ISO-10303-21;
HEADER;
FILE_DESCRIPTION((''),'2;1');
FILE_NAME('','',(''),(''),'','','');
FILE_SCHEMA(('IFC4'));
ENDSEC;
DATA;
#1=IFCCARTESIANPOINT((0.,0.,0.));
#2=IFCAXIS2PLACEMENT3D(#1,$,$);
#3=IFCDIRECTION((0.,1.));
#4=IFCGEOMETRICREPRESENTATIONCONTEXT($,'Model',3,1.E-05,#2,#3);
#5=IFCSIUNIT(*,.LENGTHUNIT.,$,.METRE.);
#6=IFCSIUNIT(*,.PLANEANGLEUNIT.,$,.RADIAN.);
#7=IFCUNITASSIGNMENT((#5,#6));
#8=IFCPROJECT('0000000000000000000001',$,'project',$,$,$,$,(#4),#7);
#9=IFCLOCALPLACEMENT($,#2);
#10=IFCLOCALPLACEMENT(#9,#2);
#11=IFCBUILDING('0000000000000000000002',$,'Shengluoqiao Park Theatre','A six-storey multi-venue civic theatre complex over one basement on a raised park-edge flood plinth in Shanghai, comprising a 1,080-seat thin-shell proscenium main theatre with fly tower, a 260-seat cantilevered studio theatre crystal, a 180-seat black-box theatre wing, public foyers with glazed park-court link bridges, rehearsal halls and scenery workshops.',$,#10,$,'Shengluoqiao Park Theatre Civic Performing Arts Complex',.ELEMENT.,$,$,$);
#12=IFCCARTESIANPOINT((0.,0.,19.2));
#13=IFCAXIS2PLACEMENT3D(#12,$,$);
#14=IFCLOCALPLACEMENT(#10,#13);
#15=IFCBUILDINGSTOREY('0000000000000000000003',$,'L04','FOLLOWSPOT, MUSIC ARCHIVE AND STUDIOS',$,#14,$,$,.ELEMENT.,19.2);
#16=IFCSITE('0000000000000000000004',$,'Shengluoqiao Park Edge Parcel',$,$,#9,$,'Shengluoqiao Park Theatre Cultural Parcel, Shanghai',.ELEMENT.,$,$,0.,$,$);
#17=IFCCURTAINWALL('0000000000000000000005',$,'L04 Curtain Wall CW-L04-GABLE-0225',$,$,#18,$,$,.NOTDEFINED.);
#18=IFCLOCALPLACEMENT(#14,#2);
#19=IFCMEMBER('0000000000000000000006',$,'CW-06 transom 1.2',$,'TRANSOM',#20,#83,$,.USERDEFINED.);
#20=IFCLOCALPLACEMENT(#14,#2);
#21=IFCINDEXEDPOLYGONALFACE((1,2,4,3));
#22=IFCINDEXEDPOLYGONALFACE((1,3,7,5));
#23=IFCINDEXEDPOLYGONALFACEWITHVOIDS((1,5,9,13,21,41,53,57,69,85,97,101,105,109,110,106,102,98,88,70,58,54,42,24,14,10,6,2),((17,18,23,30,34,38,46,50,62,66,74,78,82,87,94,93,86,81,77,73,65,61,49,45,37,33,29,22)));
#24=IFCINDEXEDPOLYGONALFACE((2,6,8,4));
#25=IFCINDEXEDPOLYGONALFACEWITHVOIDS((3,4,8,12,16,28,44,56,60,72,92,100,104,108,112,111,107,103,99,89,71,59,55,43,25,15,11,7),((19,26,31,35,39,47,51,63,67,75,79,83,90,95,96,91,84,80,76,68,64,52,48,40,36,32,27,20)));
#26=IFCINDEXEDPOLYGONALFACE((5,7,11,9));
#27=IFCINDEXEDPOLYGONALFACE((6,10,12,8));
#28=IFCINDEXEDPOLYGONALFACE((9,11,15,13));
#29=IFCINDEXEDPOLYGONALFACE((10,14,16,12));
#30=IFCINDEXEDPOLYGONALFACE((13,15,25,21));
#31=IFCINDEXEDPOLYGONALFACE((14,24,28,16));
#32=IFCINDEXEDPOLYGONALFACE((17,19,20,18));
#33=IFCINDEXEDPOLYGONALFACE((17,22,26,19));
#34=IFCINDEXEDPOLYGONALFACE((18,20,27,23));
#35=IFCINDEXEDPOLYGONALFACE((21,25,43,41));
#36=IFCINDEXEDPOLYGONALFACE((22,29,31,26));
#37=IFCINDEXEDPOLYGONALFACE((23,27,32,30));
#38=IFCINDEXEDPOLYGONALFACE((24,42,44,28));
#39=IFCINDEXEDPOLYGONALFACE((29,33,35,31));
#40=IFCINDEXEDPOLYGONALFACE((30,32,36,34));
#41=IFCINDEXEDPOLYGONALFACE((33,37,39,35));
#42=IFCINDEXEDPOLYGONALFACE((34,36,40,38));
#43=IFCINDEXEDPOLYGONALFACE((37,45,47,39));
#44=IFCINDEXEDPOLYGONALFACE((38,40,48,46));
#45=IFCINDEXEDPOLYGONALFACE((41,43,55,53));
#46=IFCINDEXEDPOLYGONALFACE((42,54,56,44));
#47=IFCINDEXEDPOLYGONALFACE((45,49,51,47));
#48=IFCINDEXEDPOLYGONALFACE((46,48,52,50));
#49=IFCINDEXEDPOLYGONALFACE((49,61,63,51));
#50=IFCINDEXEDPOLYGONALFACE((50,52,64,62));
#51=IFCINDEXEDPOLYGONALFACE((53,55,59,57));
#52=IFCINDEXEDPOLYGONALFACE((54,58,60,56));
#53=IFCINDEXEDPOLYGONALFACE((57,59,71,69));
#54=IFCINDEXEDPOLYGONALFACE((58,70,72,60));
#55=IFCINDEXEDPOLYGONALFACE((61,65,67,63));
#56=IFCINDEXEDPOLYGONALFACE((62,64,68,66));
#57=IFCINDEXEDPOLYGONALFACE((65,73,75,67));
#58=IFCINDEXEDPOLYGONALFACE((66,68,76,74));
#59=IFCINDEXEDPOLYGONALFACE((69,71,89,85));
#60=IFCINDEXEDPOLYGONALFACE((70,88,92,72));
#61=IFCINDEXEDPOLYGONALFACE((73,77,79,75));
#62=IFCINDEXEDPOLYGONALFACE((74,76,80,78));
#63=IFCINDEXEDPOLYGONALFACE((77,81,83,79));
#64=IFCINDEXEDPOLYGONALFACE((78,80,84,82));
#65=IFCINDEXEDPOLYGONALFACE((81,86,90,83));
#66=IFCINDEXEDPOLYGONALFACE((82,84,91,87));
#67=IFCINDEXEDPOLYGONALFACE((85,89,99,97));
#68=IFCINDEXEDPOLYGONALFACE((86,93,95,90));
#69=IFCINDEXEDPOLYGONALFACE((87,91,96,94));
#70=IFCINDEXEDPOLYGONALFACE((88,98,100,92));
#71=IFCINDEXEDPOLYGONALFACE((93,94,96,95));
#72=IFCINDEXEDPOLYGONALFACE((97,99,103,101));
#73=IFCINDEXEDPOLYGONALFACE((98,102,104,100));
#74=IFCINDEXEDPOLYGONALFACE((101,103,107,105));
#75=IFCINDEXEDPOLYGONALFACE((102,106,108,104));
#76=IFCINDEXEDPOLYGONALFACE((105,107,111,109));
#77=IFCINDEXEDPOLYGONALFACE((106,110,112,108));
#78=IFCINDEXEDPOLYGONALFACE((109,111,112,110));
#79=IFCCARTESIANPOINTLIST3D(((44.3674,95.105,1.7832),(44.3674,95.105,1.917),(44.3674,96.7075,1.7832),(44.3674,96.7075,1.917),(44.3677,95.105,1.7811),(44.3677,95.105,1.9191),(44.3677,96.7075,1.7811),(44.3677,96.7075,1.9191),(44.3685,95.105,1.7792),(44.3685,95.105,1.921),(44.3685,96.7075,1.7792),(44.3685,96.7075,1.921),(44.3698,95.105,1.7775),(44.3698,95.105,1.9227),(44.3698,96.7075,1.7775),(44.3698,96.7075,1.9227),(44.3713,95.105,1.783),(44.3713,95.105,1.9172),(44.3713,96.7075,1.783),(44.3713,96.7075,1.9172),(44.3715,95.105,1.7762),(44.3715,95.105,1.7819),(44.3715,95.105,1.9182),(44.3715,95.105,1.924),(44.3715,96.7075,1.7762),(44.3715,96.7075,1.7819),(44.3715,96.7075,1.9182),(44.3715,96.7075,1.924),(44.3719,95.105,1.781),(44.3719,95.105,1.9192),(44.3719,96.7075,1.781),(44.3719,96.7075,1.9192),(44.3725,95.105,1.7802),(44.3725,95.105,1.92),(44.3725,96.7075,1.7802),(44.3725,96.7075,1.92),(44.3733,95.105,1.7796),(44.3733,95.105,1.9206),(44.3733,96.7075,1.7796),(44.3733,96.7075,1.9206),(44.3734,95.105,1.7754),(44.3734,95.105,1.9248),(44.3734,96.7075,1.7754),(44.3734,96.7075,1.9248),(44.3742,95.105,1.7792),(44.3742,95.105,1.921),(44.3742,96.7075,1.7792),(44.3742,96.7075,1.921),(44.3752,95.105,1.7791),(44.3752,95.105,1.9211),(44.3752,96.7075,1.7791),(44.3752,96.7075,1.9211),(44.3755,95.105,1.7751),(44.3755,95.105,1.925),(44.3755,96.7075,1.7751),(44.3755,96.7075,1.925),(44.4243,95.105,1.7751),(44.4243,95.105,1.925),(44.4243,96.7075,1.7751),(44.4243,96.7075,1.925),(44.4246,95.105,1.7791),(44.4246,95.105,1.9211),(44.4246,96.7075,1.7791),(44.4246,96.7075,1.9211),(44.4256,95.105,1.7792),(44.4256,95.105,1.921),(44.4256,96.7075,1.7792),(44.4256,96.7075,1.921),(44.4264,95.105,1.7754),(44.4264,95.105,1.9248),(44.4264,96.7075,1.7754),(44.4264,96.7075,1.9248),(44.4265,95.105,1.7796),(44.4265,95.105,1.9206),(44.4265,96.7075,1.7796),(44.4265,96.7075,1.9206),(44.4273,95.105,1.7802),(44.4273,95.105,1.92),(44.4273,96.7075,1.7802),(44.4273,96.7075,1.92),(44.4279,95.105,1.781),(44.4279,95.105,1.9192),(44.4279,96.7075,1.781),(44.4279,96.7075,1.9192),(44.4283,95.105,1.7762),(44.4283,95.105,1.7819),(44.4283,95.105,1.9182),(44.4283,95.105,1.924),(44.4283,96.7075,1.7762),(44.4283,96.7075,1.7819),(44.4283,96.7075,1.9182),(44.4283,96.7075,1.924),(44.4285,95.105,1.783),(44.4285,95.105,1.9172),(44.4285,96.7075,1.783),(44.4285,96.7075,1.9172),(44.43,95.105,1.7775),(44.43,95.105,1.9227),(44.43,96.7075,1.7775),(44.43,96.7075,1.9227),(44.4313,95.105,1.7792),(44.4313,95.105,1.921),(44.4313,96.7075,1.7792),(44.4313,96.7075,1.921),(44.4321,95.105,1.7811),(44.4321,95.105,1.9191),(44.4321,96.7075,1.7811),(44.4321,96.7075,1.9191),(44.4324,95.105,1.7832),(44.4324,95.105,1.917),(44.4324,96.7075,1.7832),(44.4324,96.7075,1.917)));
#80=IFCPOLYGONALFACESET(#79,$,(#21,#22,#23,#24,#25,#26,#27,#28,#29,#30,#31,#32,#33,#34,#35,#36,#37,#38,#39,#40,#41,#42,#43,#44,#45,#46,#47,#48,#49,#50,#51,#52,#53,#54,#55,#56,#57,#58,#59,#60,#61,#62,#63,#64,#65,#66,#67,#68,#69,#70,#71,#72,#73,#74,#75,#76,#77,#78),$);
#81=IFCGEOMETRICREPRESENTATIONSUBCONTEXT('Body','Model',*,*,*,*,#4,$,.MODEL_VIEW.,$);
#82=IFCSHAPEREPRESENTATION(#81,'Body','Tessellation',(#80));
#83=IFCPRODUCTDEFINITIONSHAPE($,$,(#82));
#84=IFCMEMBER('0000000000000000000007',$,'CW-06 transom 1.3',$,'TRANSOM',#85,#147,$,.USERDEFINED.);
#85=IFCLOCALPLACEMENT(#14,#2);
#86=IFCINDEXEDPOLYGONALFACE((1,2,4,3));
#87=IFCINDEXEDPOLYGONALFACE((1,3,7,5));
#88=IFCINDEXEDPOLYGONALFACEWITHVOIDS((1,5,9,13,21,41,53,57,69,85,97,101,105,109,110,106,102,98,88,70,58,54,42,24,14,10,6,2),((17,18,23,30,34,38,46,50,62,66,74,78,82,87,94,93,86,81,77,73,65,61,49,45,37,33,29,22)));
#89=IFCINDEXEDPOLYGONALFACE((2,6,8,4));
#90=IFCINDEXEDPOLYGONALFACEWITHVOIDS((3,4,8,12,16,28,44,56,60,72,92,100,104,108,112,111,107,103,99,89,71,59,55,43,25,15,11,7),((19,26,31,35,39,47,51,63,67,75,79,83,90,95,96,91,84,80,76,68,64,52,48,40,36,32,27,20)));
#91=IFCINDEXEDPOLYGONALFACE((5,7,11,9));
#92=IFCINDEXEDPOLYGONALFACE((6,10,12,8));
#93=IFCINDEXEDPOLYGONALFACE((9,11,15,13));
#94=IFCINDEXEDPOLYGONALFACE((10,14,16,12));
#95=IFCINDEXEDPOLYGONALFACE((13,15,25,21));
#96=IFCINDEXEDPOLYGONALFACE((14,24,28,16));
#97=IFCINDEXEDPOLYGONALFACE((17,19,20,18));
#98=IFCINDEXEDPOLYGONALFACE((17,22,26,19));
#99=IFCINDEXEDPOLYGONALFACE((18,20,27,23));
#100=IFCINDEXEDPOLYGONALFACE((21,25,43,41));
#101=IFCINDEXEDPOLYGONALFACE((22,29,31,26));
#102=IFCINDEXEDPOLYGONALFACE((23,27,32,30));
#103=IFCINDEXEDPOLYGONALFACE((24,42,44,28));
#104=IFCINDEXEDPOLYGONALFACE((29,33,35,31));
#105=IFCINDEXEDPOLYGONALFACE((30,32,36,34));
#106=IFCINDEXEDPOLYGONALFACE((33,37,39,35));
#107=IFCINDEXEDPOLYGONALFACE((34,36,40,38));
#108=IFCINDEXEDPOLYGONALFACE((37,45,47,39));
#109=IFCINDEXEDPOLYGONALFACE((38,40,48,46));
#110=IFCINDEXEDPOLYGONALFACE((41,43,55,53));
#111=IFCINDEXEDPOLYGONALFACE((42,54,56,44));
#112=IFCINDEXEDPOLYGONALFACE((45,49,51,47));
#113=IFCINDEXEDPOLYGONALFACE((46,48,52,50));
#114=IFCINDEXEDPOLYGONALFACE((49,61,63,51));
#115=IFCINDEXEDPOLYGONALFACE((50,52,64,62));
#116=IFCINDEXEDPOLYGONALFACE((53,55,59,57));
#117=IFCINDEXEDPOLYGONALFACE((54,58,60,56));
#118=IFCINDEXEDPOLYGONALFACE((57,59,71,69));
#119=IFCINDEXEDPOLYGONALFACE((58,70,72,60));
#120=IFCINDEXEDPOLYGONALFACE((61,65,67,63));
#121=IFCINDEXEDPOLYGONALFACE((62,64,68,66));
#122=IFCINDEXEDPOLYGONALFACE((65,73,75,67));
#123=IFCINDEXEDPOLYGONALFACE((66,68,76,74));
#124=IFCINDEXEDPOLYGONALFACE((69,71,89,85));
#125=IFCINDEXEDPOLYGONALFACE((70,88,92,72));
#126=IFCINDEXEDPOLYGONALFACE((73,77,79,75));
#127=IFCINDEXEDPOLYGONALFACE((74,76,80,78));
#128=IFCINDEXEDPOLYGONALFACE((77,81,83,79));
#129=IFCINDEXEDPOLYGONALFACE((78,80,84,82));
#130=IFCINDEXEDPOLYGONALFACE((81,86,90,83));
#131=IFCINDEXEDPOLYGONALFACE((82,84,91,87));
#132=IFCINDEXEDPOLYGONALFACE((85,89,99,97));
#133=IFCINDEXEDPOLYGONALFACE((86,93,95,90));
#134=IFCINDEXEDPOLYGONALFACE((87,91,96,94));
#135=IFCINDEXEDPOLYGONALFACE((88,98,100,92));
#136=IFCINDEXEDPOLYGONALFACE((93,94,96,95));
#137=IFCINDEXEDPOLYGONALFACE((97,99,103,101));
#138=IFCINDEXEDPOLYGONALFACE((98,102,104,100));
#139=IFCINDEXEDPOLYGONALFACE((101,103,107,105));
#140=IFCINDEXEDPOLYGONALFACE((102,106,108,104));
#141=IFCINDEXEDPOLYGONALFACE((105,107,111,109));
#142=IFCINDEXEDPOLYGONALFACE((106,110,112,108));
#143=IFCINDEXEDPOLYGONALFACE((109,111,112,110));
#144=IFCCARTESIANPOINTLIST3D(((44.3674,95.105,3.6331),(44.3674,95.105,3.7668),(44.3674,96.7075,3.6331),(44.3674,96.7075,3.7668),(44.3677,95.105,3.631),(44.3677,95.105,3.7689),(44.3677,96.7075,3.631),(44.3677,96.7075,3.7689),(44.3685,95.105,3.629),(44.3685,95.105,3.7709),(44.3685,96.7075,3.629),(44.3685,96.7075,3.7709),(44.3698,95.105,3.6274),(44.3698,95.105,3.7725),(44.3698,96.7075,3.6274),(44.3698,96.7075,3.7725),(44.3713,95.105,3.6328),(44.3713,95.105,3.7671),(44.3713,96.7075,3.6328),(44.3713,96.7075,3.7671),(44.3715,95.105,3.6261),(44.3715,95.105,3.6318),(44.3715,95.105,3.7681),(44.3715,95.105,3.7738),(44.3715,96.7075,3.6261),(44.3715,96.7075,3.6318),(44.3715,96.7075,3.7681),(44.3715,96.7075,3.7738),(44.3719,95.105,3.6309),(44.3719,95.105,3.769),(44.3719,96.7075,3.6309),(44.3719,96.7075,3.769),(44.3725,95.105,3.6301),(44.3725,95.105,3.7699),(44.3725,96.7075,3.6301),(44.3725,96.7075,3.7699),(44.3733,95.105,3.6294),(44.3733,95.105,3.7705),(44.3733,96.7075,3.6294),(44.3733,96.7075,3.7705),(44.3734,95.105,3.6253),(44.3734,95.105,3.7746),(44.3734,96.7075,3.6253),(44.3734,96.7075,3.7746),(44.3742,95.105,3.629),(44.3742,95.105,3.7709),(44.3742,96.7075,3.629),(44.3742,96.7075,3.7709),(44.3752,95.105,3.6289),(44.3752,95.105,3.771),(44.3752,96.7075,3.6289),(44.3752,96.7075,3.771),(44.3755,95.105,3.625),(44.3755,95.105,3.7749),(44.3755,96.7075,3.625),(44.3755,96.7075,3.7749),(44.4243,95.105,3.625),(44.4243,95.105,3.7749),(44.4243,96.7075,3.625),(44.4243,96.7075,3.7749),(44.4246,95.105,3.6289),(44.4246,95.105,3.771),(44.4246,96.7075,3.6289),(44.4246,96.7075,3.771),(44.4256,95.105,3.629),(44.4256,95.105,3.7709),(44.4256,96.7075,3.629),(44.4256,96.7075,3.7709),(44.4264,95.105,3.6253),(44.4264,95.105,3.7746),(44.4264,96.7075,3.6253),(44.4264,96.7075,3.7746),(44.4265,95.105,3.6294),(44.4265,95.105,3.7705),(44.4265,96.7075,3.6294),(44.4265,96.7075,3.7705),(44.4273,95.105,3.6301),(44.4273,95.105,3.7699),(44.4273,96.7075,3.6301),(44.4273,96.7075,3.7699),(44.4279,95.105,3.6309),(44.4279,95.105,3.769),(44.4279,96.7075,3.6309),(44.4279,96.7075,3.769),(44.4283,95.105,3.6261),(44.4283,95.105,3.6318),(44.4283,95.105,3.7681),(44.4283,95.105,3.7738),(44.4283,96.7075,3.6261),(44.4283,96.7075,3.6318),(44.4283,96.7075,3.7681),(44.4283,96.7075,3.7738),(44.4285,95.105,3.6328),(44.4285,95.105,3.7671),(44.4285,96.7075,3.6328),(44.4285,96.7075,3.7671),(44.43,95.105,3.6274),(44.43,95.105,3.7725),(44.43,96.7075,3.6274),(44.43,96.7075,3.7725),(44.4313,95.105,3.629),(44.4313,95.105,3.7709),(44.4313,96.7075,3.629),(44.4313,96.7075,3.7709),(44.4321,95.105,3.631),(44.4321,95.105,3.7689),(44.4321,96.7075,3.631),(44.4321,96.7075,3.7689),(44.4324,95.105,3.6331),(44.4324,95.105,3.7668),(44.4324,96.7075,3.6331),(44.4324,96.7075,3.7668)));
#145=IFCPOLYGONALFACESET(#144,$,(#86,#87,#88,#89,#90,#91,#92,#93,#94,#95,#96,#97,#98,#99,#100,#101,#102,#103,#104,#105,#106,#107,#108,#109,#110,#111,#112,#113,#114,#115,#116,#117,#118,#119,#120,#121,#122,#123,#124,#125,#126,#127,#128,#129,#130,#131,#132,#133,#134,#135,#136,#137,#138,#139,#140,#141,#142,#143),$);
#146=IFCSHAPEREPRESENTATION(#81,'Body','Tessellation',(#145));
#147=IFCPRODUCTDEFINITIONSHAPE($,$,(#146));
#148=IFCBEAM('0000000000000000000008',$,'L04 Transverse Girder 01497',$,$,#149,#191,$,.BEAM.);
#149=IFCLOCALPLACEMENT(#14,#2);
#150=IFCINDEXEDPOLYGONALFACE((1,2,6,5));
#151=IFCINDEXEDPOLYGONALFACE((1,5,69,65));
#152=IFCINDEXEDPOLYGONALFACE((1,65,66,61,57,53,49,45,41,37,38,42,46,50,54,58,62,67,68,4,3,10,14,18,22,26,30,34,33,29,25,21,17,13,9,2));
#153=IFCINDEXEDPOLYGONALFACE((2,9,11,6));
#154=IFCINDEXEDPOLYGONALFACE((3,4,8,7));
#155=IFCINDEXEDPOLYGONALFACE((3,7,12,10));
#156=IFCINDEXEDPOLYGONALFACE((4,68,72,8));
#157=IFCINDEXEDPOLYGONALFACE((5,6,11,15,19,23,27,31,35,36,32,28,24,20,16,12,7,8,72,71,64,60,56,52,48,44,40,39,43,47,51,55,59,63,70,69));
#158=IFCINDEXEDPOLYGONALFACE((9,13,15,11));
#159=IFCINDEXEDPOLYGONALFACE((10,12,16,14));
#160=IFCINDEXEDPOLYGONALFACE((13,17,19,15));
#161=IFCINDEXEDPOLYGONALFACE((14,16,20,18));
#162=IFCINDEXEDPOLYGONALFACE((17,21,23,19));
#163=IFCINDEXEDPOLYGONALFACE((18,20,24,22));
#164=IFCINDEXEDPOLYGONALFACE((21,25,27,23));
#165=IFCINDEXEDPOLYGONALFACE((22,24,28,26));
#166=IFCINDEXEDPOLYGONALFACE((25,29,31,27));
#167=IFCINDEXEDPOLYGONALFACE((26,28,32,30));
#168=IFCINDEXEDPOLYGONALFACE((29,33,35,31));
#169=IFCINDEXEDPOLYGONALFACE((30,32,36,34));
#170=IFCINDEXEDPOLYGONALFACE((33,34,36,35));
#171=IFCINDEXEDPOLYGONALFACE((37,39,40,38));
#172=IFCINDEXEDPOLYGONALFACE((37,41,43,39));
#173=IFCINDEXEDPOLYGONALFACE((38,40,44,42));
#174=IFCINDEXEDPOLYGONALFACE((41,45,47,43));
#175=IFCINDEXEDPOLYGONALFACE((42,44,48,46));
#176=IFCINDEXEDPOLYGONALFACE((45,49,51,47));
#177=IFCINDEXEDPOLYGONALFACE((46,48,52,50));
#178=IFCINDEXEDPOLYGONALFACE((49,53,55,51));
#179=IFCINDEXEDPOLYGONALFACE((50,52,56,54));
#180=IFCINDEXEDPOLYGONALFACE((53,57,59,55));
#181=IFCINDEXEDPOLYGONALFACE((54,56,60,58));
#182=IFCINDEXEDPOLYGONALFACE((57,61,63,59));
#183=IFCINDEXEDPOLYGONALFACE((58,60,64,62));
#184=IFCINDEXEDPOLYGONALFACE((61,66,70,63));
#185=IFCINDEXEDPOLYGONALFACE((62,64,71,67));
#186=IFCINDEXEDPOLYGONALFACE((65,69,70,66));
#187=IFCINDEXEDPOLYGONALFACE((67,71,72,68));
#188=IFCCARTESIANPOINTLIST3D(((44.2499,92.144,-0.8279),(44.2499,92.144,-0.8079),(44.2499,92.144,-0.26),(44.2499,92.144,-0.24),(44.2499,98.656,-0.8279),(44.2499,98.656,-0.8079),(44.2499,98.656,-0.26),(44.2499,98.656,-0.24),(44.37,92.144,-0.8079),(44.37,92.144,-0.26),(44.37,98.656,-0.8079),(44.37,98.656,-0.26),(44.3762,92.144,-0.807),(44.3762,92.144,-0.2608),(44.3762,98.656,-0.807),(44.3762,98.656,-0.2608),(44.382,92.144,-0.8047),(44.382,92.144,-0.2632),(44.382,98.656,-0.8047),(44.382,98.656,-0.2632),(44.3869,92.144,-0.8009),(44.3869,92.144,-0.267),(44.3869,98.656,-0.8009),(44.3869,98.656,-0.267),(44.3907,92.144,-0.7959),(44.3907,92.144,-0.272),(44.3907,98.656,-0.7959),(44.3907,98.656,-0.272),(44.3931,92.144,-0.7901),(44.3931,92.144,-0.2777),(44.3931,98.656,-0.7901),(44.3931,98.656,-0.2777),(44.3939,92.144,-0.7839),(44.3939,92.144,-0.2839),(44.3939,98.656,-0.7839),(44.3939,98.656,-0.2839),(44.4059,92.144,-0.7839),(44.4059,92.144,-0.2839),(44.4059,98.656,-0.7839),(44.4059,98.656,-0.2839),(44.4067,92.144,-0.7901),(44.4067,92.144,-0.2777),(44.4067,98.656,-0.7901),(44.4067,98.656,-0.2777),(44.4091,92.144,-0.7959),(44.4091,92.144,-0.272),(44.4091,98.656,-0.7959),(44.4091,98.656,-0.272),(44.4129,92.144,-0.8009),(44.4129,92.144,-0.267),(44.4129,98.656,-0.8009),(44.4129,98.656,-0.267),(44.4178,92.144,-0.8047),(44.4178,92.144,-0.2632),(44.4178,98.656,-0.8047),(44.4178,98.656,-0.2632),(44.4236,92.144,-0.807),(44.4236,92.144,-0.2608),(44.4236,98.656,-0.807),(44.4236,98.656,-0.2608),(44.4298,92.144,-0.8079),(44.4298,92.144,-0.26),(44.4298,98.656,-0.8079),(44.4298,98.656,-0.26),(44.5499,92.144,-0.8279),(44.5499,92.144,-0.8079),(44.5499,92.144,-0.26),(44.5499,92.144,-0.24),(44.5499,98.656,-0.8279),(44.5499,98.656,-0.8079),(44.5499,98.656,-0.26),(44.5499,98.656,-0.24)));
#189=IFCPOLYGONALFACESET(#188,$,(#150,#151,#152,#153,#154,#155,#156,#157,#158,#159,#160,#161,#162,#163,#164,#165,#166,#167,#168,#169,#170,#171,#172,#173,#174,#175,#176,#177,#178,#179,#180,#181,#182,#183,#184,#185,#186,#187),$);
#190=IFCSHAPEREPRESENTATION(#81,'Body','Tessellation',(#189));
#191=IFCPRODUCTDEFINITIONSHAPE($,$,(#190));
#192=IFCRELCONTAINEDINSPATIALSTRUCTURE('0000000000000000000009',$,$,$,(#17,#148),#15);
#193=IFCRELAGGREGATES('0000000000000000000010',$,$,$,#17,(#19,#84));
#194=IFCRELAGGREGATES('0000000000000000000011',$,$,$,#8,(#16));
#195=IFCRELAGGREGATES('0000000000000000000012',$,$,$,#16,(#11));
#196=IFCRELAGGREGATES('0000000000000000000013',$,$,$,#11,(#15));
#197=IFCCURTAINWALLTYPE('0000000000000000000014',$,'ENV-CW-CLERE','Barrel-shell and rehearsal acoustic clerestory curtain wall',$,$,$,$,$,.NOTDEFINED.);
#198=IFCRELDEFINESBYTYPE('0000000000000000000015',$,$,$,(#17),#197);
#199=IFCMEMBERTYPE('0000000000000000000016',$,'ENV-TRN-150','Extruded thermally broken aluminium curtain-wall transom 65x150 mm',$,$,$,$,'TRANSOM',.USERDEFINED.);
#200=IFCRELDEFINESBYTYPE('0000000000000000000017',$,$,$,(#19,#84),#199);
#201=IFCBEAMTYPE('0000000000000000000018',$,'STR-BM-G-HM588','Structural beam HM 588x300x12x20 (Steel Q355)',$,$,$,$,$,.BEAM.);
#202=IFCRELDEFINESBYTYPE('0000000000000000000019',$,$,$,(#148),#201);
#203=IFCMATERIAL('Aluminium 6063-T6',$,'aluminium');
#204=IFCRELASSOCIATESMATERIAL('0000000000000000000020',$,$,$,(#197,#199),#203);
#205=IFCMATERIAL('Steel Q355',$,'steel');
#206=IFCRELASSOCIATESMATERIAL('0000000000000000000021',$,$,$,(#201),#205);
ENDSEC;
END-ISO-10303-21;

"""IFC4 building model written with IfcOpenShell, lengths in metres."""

from ifc_helpers import new_model, si_unit, direction, frame, origin, origin_2d, place, context, subcontext, project, spatial, hollow_rectangle, i_section, extrude, material, material_profile, profile_set, type_object, element, aggregate, save


model = new_model("IFC4")

# Units and contexts
model_context = context("Model", 3, precision=1e-05, world=origin(), true_north=direction((0.0, 1.0)))
body_context = subcontext(model_context, "Body", "Model", "MODEL_VIEW")
ifc_project = project(units=[si_unit("LENGTHUNIT", "METRE"), si_unit("PLANEANGLEUNIT", "RADIAN")], contexts=[model_context])

# Site, building, storey
site_placement = place(None, origin())
site = spatial("IfcSite", under=ifc_project, at=site_placement, Name="Shengluoqiao Park Edge Parcel", LongName="Shengluoqiao Park Theatre Cultural Parcel, Shanghai", CompositionType="ELEMENT", RefElevation=0.0)
building_placement = place(site_placement, origin())
building = spatial("IfcBuilding", under=site, at=building_placement, Name="Shengluoqiao Park Theatre", Description="A six-storey multi-venue civic theatre complex over one basement on a raised park-edge flood plinth in Shanghai, comprising a 1,080-seat thin-shell proscenium main theatre with fly tower, a 260-seat cantilevered studio theatre crystal, a 180-seat black-box theatre wing, public foyers with glazed park-court link bridges, rehearsal halls and scenery workshops.", LongName="Shengluoqiao Park Theatre Civic Performing Arts Complex", CompositionType="ELEMENT")
storey_placement = place(building_placement, frame((0.0, 0.0, 19.2)))
storey = spatial("IfcBuildingStorey", under=building, at=storey_placement, Name="L04", Description="FOLLOWSPOT, MUSIC ARCHIVE AND STUDIOS", CompositionType="ELEMENT", Elevation=19.2)

# Curtain wall
ifc_material_1 = material(Name="Aluminium 6063-T6", Category="aluminium")
curtain_wall_type = type_object("IfcCurtainWallType", Name="ENV-CW-CLERE", Description="Barrel-shell and rehearsal acoustic clerestory curtain wall", PredefinedType="NOTDEFINED", material=ifc_material_1)
curtain_wall_1_placement = place(storey_placement, origin())
curtain_wall_1 = element("IfcCurtainWall", 1, at=curtain_wall_1_placement, inside=storey, type_object=curtain_wall_type, Name="L04 Curtain Wall CW-L04-GABLE-0225", PredefinedType="NOTDEFINED")

# Members
ifc_material_profile_1 = material_profile(ifc_material_1, hollow_rectangle(XDim=0.0649, YDim=0.1499, WallThickness=0.0039, InnerFilletRadius=0.0039, OuterFilletRadius=0.0081, at=origin_2d()), Name="ALU TRANSOM 150x65x4")
ifc_profile_set_1 = profile_set([ifc_material_profile_1], Name="Aluminium 6063-T6")
member_type_1 = type_object("IfcMemberType", Name="ENV-TRN-150", Description="Extruded thermally broken aluminium curtain-wall transom 65x150 mm", ElementType="TRANSOM", PredefinedType="USERDEFINED", material=ifc_profile_set_1)
member_1_placement = place(storey_placement, frame((44.3999, 95.105, 1.8501), z_axis=(0.0, 1.0, 0.0), x_axis=(-1.0, 0.0, 0.0)))
member_1 = element("IfcMember", 2, at=member_1_placement, type_object=member_type_1, Name="CW-06 transom 1.2", ObjectType="TRANSOM", PredefinedType="USERDEFINED", context=body_context, shape_type="SweptSolid", body=[
    extrude(hollow_rectangle(XDim=0.0649, YDim=0.1499, WallThickness=0.0039, InnerFilletRadius=0.0039, OuterFilletRadius=0.0081, at=origin_2d()), origin(), (0.0, 0.0, 1.0), 1.6025),
])
member_2_placement = place(storey_placement, frame((44.3999, 95.105, 3.7), z_axis=(0.0, 1.0, 0.0), x_axis=(-1.0, 0.0, 0.0)))
member_2 = element("IfcMember", 3, at=member_2_placement, type_object=member_type_1, Name="CW-06 transom 1.3", ObjectType="TRANSOM", PredefinedType="USERDEFINED", context=body_context, shape_type="SweptSolid", body=[
    extrude(hollow_rectangle(XDim=0.0649, YDim=0.1499, WallThickness=0.0039, InnerFilletRadius=0.0039, OuterFilletRadius=0.0081, at=origin_2d()), origin(), (0.0, 0.0, 1.0), 1.6025),
])

# Beam
ifc_material_2 = material(Name="Steel Q355", Category="steel")
ifc_material_profile_2 = material_profile(ifc_material_2, i_section(OverallWidth=0.3, OverallDepth=0.5879, WebThickness=0.012, FlangeThickness=0.02, FilletRadius=0.0239, at=origin_2d()), Name="HM 588x300x12x20")
ifc_profile_set_2 = profile_set([ifc_material_profile_2], Name="Steel Q355")
beam_type = type_object("IfcBeamType", Name="STR-BM-G-HM588", Description="Structural beam HM 588x300x12x20 (Steel Q355)", PredefinedType="BEAM", material=ifc_profile_set_2)
beam_placement = place(storey_placement, frame((44.3999, 92.144, -0.5339), z_axis=(0.0, 1.0, 0.0), x_axis=(-1.0, 0.0, 0.0)))
element("IfcBeam", 4, at=beam_placement, inside=storey, type_object=beam_type, Name="L04 Transverse Girder 01497", PredefinedType="BEAM", context=body_context, shape_type="SweptSolid", body=[
    extrude(i_section(OverallWidth=0.3, OverallDepth=0.5879, WebThickness=0.012, FlangeThickness=0.02, FilletRadius=0.0239, at=origin_2d()), origin(), (0.0, 0.0, 1.0), 6.512),
])

aggregate(curtain_wall_1, [member_1, member_2])

save(model, "model.ifc")
